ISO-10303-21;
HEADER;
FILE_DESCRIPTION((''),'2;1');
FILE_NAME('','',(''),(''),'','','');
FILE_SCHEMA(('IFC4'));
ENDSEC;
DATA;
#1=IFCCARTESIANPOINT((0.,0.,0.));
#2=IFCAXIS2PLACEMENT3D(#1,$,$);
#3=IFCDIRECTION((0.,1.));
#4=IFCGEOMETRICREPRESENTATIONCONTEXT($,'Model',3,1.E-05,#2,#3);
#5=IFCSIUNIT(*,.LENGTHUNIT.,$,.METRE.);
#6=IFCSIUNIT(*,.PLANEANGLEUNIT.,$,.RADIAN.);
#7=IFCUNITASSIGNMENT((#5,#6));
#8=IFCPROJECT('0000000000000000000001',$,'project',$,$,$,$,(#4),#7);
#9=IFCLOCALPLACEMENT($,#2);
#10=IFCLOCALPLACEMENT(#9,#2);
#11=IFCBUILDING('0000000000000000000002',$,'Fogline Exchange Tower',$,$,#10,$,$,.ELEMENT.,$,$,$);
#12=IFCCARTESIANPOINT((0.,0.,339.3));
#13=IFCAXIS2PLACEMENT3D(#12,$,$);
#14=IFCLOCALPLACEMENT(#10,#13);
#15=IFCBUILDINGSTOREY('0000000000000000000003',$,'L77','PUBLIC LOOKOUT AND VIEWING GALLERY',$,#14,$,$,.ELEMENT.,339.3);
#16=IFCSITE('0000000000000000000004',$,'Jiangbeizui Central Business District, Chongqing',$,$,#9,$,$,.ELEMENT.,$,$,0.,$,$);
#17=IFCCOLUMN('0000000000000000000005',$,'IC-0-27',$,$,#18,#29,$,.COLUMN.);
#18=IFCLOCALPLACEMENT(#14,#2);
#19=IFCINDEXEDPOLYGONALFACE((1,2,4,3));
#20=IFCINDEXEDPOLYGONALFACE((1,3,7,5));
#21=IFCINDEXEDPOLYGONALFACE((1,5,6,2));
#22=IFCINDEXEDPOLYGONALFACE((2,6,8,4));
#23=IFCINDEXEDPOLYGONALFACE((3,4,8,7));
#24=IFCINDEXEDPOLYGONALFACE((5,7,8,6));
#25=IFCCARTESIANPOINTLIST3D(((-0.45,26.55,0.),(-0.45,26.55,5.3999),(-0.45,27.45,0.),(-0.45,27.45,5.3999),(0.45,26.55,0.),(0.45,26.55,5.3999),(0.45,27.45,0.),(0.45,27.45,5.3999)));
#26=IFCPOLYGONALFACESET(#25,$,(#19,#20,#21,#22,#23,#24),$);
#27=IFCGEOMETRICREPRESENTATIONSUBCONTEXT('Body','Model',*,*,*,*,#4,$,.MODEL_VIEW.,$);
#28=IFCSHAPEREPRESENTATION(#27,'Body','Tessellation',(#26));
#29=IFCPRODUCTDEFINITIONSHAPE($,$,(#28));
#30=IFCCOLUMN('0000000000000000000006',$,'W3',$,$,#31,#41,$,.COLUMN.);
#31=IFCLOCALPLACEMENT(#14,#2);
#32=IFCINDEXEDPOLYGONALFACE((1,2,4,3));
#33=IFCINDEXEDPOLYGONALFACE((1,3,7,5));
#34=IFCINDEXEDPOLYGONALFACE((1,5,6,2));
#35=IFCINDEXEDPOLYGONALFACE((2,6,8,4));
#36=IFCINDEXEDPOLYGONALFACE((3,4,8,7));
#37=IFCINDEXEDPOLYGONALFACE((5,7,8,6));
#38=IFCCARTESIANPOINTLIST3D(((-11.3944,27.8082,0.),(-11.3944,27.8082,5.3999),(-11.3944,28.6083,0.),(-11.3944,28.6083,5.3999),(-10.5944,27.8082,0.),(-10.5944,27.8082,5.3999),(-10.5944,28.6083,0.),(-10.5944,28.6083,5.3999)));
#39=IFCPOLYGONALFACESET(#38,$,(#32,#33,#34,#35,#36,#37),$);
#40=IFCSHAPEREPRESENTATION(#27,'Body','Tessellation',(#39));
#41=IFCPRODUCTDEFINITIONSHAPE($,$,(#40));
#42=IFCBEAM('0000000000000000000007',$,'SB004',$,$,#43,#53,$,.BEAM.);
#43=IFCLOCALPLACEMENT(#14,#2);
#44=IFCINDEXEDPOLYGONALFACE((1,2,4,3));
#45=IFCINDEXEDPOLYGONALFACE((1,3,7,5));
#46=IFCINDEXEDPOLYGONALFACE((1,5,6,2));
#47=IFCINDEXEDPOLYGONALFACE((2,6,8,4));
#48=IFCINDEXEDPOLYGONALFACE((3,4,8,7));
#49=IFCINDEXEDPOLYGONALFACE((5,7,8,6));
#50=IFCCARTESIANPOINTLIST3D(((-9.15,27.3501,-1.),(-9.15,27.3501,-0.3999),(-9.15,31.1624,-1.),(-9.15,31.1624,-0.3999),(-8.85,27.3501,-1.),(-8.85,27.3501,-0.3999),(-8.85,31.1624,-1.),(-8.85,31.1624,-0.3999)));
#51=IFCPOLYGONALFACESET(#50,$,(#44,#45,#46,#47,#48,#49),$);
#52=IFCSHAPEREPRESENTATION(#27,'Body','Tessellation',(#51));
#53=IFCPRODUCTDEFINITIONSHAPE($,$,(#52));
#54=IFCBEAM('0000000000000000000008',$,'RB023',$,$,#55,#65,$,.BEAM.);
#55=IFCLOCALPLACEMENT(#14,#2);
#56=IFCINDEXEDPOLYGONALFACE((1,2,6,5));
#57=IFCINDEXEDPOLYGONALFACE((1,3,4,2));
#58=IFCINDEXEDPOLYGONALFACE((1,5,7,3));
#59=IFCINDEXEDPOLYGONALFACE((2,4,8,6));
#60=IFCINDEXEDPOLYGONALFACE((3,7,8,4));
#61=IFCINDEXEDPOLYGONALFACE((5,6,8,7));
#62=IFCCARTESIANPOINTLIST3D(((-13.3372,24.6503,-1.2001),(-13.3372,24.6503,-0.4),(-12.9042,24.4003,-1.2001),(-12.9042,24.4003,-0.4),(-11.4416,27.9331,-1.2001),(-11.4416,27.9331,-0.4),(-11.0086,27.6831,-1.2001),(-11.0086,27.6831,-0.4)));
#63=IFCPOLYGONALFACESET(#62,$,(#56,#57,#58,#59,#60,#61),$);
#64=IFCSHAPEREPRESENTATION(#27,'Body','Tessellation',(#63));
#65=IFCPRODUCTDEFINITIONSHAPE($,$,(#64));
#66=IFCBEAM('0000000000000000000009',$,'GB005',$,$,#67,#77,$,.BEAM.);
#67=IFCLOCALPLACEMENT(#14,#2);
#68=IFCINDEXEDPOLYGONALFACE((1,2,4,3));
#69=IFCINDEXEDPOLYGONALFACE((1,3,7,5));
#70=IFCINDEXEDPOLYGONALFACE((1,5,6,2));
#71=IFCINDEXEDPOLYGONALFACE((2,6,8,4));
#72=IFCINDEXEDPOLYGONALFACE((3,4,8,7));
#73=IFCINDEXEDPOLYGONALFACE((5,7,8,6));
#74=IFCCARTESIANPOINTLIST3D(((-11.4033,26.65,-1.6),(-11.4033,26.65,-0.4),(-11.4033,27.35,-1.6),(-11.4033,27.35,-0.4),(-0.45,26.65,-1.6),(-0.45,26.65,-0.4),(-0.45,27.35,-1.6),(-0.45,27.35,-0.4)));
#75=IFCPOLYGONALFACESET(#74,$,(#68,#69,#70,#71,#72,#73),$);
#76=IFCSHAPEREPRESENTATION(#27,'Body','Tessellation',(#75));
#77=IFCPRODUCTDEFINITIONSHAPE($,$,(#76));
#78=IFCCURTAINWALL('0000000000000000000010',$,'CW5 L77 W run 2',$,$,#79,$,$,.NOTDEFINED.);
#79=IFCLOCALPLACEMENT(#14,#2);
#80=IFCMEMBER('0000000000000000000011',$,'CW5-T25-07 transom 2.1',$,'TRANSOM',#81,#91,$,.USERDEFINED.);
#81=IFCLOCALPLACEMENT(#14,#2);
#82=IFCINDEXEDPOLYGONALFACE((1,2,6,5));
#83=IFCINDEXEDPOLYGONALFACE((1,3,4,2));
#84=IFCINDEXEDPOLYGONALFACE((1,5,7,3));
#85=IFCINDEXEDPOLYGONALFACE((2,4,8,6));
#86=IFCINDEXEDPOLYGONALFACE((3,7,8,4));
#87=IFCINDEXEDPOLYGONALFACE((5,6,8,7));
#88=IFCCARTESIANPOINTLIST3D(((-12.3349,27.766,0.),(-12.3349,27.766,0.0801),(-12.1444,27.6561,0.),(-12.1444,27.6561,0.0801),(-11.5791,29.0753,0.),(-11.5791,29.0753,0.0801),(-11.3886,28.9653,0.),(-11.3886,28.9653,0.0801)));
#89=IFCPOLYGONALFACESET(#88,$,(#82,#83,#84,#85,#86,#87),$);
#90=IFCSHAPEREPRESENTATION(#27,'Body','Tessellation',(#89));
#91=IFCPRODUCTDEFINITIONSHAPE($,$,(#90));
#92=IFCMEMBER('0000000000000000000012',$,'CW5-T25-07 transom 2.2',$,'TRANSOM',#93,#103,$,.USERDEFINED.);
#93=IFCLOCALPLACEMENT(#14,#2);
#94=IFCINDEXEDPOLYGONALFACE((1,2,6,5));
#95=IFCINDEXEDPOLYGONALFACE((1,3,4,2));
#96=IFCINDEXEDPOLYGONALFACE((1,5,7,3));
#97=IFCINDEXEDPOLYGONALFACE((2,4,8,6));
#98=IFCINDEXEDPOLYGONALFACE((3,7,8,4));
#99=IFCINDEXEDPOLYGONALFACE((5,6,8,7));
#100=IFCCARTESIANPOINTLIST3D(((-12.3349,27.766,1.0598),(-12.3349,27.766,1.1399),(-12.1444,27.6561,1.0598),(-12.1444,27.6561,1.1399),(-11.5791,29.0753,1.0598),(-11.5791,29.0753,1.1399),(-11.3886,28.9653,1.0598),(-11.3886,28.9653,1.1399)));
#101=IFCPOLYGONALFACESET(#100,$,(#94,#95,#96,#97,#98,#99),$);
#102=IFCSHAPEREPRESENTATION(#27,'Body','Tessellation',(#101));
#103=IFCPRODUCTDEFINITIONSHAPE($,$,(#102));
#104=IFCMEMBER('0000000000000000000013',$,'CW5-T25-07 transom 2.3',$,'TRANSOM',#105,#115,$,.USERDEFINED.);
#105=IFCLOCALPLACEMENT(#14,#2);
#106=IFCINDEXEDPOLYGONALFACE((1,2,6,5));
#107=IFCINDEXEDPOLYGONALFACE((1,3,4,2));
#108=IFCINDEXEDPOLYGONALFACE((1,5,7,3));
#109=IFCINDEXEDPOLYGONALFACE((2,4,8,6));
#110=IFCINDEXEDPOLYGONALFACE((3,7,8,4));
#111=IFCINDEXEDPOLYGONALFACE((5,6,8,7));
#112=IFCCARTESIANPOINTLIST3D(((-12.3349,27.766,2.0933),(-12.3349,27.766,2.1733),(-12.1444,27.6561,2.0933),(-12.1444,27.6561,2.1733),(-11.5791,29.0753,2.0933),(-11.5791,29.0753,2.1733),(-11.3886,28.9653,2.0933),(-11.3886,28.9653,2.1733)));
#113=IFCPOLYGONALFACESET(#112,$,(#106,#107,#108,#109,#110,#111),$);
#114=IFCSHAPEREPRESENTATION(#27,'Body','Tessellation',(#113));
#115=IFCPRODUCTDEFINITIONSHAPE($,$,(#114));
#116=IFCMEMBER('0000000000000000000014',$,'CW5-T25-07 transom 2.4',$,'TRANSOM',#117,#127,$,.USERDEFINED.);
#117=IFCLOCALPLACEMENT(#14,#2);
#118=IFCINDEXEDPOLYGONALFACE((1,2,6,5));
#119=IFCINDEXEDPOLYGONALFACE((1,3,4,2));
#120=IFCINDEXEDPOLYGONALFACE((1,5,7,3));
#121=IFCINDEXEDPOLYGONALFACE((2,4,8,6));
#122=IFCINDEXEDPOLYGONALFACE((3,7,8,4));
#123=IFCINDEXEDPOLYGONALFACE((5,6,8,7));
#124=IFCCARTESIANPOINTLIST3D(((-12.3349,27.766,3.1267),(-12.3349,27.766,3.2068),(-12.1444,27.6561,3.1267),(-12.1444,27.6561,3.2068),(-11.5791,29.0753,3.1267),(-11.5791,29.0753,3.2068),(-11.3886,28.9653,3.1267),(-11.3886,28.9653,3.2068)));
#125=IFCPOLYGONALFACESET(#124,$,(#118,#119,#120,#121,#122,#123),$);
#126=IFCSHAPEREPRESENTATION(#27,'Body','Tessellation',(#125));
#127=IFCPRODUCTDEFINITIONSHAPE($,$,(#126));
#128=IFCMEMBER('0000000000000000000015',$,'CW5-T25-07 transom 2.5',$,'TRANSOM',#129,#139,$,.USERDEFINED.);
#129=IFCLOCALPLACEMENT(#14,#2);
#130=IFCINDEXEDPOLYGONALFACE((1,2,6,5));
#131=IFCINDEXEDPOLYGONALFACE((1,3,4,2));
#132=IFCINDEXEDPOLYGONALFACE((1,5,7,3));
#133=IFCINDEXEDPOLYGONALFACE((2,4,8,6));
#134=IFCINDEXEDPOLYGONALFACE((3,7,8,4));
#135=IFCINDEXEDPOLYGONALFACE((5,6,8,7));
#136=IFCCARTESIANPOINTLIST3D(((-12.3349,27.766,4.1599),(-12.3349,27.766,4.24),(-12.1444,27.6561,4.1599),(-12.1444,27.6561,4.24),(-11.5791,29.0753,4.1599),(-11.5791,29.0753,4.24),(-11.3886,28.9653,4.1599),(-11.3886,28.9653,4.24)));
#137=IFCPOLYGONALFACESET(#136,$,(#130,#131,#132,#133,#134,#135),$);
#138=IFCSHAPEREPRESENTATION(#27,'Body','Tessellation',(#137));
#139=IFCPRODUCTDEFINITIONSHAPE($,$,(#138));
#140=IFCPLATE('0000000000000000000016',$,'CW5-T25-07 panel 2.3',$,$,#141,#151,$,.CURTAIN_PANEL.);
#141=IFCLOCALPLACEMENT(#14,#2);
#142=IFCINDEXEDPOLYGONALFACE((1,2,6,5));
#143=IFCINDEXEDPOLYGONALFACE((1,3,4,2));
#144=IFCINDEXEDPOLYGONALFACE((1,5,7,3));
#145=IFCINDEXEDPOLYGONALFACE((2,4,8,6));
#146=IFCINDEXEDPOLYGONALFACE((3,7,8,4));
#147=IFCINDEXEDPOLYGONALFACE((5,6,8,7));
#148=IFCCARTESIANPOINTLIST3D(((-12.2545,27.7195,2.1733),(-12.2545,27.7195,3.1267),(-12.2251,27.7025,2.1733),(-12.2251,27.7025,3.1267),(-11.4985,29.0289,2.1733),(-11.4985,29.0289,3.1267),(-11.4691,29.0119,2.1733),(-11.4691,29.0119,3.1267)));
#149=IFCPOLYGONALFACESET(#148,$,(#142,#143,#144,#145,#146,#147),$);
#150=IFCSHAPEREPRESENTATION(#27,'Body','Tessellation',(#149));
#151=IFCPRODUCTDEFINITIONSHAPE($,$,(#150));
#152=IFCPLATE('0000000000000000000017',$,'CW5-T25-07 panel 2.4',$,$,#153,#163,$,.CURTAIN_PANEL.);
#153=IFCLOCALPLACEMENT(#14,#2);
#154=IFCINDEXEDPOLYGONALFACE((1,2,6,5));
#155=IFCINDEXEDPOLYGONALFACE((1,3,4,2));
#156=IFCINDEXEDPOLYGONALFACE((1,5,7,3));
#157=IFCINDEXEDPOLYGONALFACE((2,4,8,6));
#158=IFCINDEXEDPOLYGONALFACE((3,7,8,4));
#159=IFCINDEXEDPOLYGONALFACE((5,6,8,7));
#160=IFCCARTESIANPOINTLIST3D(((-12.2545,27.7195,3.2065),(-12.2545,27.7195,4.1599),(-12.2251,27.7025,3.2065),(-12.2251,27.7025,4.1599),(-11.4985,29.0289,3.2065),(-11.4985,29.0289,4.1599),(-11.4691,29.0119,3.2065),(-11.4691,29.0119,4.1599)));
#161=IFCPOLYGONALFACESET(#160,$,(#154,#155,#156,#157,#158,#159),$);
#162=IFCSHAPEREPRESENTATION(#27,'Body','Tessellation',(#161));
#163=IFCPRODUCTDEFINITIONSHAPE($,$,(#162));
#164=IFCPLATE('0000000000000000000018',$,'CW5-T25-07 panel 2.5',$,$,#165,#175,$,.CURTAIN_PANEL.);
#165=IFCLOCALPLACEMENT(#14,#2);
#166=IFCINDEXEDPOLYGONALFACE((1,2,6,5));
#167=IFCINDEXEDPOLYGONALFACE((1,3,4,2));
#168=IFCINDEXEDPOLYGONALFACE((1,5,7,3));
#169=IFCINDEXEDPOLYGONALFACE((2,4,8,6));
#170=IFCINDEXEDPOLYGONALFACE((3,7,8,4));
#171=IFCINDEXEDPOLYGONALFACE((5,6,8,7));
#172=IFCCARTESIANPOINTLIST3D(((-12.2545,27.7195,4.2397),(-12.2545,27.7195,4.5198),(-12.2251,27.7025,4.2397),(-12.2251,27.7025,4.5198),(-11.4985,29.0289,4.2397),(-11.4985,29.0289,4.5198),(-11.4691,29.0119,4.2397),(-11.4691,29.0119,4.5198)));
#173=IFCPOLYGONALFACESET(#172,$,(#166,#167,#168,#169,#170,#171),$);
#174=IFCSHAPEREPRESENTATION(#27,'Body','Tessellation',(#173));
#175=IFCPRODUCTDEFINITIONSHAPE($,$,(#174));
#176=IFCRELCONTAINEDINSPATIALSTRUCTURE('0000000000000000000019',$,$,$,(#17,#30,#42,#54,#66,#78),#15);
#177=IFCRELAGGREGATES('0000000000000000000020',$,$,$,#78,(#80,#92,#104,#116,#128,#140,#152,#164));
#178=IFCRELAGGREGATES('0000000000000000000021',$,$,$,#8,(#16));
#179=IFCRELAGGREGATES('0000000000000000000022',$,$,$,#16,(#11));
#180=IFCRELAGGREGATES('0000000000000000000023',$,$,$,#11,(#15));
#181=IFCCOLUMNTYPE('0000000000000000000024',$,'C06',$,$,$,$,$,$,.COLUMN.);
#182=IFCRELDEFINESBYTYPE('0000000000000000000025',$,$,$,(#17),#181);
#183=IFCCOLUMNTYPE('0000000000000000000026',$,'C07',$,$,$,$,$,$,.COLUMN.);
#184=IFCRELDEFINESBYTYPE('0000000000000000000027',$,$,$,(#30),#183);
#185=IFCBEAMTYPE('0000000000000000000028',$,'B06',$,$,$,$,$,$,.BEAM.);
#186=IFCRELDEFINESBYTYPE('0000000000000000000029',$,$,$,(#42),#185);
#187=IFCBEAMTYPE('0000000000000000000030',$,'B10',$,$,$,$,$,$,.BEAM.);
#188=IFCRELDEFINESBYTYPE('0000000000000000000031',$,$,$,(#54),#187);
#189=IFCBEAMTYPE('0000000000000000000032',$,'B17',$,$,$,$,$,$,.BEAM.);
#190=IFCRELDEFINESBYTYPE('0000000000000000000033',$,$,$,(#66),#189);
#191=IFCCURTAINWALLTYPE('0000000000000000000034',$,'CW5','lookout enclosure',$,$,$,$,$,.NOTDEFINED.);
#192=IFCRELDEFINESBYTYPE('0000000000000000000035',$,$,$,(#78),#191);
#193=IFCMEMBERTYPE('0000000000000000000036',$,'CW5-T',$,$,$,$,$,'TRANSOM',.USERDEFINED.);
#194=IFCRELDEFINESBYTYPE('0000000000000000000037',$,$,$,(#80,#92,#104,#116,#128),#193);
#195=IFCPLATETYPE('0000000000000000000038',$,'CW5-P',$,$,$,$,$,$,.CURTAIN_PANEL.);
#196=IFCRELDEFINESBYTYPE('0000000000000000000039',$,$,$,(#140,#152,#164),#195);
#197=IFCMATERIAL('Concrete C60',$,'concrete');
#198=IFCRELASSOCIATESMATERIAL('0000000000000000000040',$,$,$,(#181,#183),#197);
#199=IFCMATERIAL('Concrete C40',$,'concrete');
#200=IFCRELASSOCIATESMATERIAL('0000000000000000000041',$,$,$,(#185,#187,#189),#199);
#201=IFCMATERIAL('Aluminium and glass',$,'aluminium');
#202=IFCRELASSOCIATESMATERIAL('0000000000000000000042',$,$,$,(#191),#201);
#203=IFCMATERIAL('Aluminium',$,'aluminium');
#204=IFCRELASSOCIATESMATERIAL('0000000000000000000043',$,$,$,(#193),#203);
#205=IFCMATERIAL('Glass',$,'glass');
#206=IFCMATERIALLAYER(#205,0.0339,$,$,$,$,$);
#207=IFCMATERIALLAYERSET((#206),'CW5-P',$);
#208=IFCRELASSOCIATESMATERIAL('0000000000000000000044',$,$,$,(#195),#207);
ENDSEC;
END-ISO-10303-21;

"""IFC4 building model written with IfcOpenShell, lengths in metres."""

from ifc_helpers import new_model, si_unit, direction, frame, origin, origin_2d, place, context, subcontext, project, spatial, rectangle, extrude, material, layer, layer_set, material_profile, profile_set, type_object, element, aggregate, save


model = new_model("IFC4")

# Units and contexts
model_context = context("Model", 3, precision=1e-05, world=origin(), true_north=direction((0.0, 1.0)))
body_context = subcontext(model_context, "Body", "Model", "MODEL_VIEW")
ifc_project = project(units=[si_unit("LENGTHUNIT", "METRE"), si_unit("PLANEANGLEUNIT", "RADIAN")], contexts=[model_context])

# Site, building, storey
site_placement = place(None, origin())
site = spatial("IfcSite", under=ifc_project, at=site_placement, Name="Jiangbeizui Central Business District, Chongqing", CompositionType="ELEMENT", RefElevation=0.0)
building_placement = place(site_placement, origin())
building = spatial("IfcBuilding", under=site, at=building_placement, Name="Fogline Exchange Tower", CompositionType="ELEMENT")
storey_placement = place(building_placement, frame((0.0, 0.0, 339.3)))
storey = spatial("IfcBuildingStorey", under=building, at=storey_placement, Name="L77", Description="PUBLIC LOOKOUT AND VIEWING GALLERY", CompositionType="ELEMENT", Elevation=339.3)

# Columns
ifc_material_1 = material(Name="Concrete C60", Category="concrete")
ifc_material_profile_1 = material_profile(ifc_material_1, rectangle(XDim=0.8999, YDim=0.8999, at=origin_2d()), Name="RC 900x900")
ifc_profile_set_1 = profile_set([ifc_material_profile_1], Name="Concrete C60")
column_type_1 = type_object("IfcColumnType", Name="C06", PredefinedType="COLUMN", material=ifc_profile_set_1)
column_1_placement = place(storey_placement, frame((0.0, 27.0, 0.0), z_axis=(0.0, 0.0, 1.0), x_axis=(1.0, 0.0, 0.0)))
element("IfcColumn", 1, at=column_1_placement, inside=storey, type_object=column_type_1, Name="IC-0-27", PredefinedType="COLUMN", context=body_context, shape_type="SweptSolid", body=[
    extrude(rectangle(XDim=0.8999, YDim=0.8999, at=origin_2d()), origin(), (0.0, 0.0, 1.0), 5.3999),
])
ifc_material_profile_2 = material_profile(ifc_material_1, rectangle(XDim=0.8, YDim=0.8, at=origin_2d()), Name="RC 800x800")
ifc_profile_set_2 = profile_set([ifc_material_profile_2], Name="Concrete C60")
column_type_2 = type_object("IfcColumnType", Name="C07", PredefinedType="COLUMN", material=ifc_profile_set_2)
column_2_placement = place(storey_placement, frame((-10.9944, 28.2083, 0.0), z_axis=(0.0, 0.0, 1.0), x_axis=(1.0, 0.0, 0.0)))
element("IfcColumn", 2, at=column_2_placement, inside=storey, type_object=column_type_2, Name="W3", PredefinedType="COLUMN", context=body_context, shape_type="SweptSolid", body=[
    extrude(rectangle(XDim=0.8, YDim=0.8, at=origin_2d()), origin(), (0.0, 0.0, 1.0), 5.3999),
])

# Beams
ifc_material_2 = material(Name="Concrete C40", Category="concrete")
ifc_material_profile_3 = material_profile(ifc_material_2, rectangle(XDim=0.3, YDim=0.6001, at=origin_2d()), Name="RC 300x600")
ifc_profile_set_3 = profile_set([ifc_material_profile_3], Name="Concrete C40")
beam_type_1 = type_object("IfcBeamType", Name="B06", PredefinedType="BEAM", material=ifc_profile_set_3)
beam_1_placement = place(storey_placement, frame((-9.0, 27.3501, -0.7), z_axis=(0.0, 1.0, 0.0), x_axis=(-1.0, 0.0, 0.0)))
element("IfcBeam", 3, at=beam_1_placement, inside=storey, type_object=beam_type_1, Name="SB004", PredefinedType="BEAM", context=body_context, shape_type="SweptSolid", body=[
    extrude(rectangle(XDim=0.3, YDim=0.6001, at=origin_2d()), origin(), (0.0, 0.0, 1.0), 3.8123),
])
ifc_material_profile_4 = material_profile(ifc_material_2, rectangle(XDim=0.5, YDim=0.8, at=origin_2d()), Name="RC 500x800")
ifc_profile_set_4 = profile_set([ifc_material_profile_4], Name="Concrete C40")
beam_type_2 = type_object("IfcBeamType", Name="B10", PredefinedType="BEAM", material=ifc_profile_set_4)
beam_2_placement = place(storey_placement, frame((-11.2251, 27.8081, -0.8), z_axis=(-0.500046, -0.865999, 0.0), x_axis=(0.865999, -0.500046, 0.0)))
element("IfcBeam", 4, at=beam_2_placement, inside=storey, type_object=beam_type_2, Name="RB023", PredefinedType="BEAM", context=body_context, shape_type="SweptSolid", body=[
    extrude(rectangle(XDim=0.5, YDim=0.8, at=origin_2d()), origin(), (0.0, 0.0, 1.0), 3.7908),
])
ifc_material_profile_5 = material_profile(ifc_material_2, rectangle(XDim=0.7, YDim=1.2, at=origin_2d()), Name="RC 700x1200")
ifc_profile_set_5 = profile_set([ifc_material_profile_5], Name="Concrete C40")
beam_type_3 = type_object("IfcBeamType", Name="B17", PredefinedType="BEAM", material=ifc_profile_set_5)
beam_3_placement = place(storey_placement, frame((-11.4033, 27.0, -1.0), z_axis=(1.0, 0.0, 0.0), x_axis=(0.0, 1.0, 0.0)))
element("IfcBeam", 5, at=beam_3_placement, inside=storey, type_object=beam_type_3, Name="GB005", PredefinedType="BEAM", context=body_context, shape_type="SweptSolid", body=[
    extrude(rectangle(XDim=0.7, YDim=1.2, at=origin_2d()), origin(), (0.0, 0.0, 1.0), 10.9534),
])

# Curtain wall, members, plates
ifc_material_3 = material(Name="Aluminium and glass", Category="aluminium")
curtain_wall_type = type_object("IfcCurtainWallType", Name="CW5", Description="lookout enclosure", PredefinedType="NOTDEFINED", material=ifc_material_3)
curtain_wall_placement = place(storey_placement, origin())
curtain_wall = element("IfcCurtainWall", 6, at=curtain_wall_placement, inside=storey, type_object=curtain_wall_type, Name="CW5 L77 W run 2", PredefinedType="NOTDEFINED")
ifc_material_4 = material(Name="Aluminium", Category="aluminium")
ifc_material_profile_6 = material_profile(ifc_material_4, rectangle(XDim=0.22, YDim=0.0801, at=origin_2d()), Name="Transom 80x220")
ifc_profile_set_6 = profile_set([ifc_material_profile_6], Name="Aluminium")
member_type = type_object("IfcMemberType", Name="CW5-T", ElementType="TRANSOM", PredefinedType="USERDEFINED", material=ifc_profile_set_6)
member_1_placement = place(storey_placement, frame((-11.4839, 29.0203, 0.04), z_axis=(-0.49996, -0.866048, 0.0), x_axis=(0.866048, -0.49996, 0.0)))
member_1 = element("IfcMember", 7, at=member_1_placement, type_object=member_type, Name="CW5-T25-07 transom 2.1", ObjectType="TRANSOM", PredefinedType="USERDEFINED", context=body_context, shape_type="SweptSolid", body=[
    extrude(rectangle(XDim=0.22, YDim=0.0801, at=origin_2d()), origin(), (0.0, 0.0, 1.0), 1.5117),
])
member_2_placement = place(storey_placement, frame((-11.4839, 29.0203, 1.0999), z_axis=(-0.49996, -0.866048, 0.0), x_axis=(0.866048, -0.49996, 0.0)))
member_2 = element("IfcMember", 8, at=member_2_placement, type_object=member_type, Name="CW5-T25-07 transom 2.2", ObjectType="TRANSOM", PredefinedType="USERDEFINED", context=body_context, shape_type="SweptSolid", body=[
    extrude(rectangle(XDim=0.22, YDim=0.0801, at=origin_2d()), origin(), (0.0, 0.0, 1.0), 1.5117),
])
member_3_placement = place(storey_placement, frame((-11.4839, 29.0203, 2.1333), z_axis=(-0.49996, -0.866048, 0.0), x_axis=(0.866048, -0.49996, 0.0)))
member_3 = element("IfcMember", 9, at=member_3_placement, type_object=member_type, Name="CW5-T25-07 transom 2.3", ObjectType="TRANSOM", PredefinedType="USERDEFINED", context=body_context, shape_type="SweptSolid", body=[
    extrude(rectangle(XDim=0.22, YDim=0.0801, at=origin_2d()), origin(), (0.0, 0.0, 1.0), 1.5117),
])
member_4_placement = place(storey_placement, frame((-11.4839, 29.0203, 3.1667), z_axis=(-0.49996, -0.866048, 0.0), x_axis=(0.866048, -0.49996, 0.0)))
member_4 = element("IfcMember", 10, at=member_4_placement, type_object=member_type, Name="CW5-T25-07 transom 2.4", ObjectType="TRANSOM", PredefinedType="USERDEFINED", context=body_context, shape_type="SweptSolid", body=[
    extrude(rectangle(XDim=0.22, YDim=0.0801, at=origin_2d()), origin(), (0.0, 0.0, 1.0), 1.5117),
])
member_5_placement = place(storey_placement, frame((-11.4839, 29.0203, 4.2), z_axis=(-0.49996, -0.866048, 0.0), x_axis=(0.866048, -0.49996, 0.0)))
member_5 = element("IfcMember", 11, at=member_5_placement, type_object=member_type, Name="CW5-T25-07 transom 2.5", ObjectType="TRANSOM", PredefinedType="USERDEFINED", context=body_context, shape_type="SweptSolid", body=[
    extrude(rectangle(XDim=0.22, YDim=0.0801, at=origin_2d()), origin(), (0.0, 0.0, 1.0), 1.5117),
])
ifc_material_5 = material(Name="Glass", Category="glass")
ifc_layer_1 = layer(ifc_material_5, 0.0339)
ifc_layer_set_1 = layer_set([ifc_layer_1], Name="CW5-P")
plate_type = type_object("IfcPlateType", Name="CW5-P", PredefinedType="CURTAIN_PANEL", material=ifc_layer_set_1)
plate_1_placement = place(storey_placement, frame((-11.8618, 28.3657, 2.1733), z_axis=(0.0, 0.0, 1.0), x_axis=(-0.5, -0.866025, 0.0)))
plate_1 = element("IfcPlate", 12, at=plate_1_placement, type_object=plate_type, Name="CW5-T25-07 panel 2.3", PredefinedType="CURTAIN_PANEL", context=body_context, shape_type="SweptSolid", body=[
    extrude(rectangle(XDim=1.512, YDim=0.0339, at=origin_2d()), origin(), (0.0, 0.0, 1.0), 0.9534),
])
plate_2_placement = place(storey_placement, frame((-11.8618, 28.3657, 3.2065), z_axis=(0.0, 0.0, 1.0), x_axis=(-0.5, -0.866025, 0.0)))
plate_2 = element("IfcPlate", 13, at=plate_2_placement, type_object=plate_type, Name="CW5-T25-07 panel 2.4", PredefinedType="CURTAIN_PANEL", context=body_context, shape_type="SweptSolid", body=[
    extrude(rectangle(XDim=1.512, YDim=0.0339, at=origin_2d()), origin(), (0.0, 0.0, 1.0), 0.9534),
])
plate_3_placement = place(storey_placement, frame((-11.8618, 28.3657, 4.2397), z_axis=(0.0, 0.0, 1.0), x_axis=(-0.5, -0.866025, 0.0)))
plate_3 = element("IfcPlate", 14, at=plate_3_placement, type_object=plate_type, Name="CW5-T25-07 panel 2.5", PredefinedType="CURTAIN_PANEL", context=body_context, shape_type="SweptSolid", body=[
    extrude(rectangle(XDim=1.512, YDim=0.0339, at=origin_2d()), origin(), (0.0, 0.0, 1.0), 0.28),
])
aggregate(curtain_wall, [member_1, member_2, member_3, member_4, member_5, plate_1, plate_2, plate_3])

save(model, "model.ifc")
